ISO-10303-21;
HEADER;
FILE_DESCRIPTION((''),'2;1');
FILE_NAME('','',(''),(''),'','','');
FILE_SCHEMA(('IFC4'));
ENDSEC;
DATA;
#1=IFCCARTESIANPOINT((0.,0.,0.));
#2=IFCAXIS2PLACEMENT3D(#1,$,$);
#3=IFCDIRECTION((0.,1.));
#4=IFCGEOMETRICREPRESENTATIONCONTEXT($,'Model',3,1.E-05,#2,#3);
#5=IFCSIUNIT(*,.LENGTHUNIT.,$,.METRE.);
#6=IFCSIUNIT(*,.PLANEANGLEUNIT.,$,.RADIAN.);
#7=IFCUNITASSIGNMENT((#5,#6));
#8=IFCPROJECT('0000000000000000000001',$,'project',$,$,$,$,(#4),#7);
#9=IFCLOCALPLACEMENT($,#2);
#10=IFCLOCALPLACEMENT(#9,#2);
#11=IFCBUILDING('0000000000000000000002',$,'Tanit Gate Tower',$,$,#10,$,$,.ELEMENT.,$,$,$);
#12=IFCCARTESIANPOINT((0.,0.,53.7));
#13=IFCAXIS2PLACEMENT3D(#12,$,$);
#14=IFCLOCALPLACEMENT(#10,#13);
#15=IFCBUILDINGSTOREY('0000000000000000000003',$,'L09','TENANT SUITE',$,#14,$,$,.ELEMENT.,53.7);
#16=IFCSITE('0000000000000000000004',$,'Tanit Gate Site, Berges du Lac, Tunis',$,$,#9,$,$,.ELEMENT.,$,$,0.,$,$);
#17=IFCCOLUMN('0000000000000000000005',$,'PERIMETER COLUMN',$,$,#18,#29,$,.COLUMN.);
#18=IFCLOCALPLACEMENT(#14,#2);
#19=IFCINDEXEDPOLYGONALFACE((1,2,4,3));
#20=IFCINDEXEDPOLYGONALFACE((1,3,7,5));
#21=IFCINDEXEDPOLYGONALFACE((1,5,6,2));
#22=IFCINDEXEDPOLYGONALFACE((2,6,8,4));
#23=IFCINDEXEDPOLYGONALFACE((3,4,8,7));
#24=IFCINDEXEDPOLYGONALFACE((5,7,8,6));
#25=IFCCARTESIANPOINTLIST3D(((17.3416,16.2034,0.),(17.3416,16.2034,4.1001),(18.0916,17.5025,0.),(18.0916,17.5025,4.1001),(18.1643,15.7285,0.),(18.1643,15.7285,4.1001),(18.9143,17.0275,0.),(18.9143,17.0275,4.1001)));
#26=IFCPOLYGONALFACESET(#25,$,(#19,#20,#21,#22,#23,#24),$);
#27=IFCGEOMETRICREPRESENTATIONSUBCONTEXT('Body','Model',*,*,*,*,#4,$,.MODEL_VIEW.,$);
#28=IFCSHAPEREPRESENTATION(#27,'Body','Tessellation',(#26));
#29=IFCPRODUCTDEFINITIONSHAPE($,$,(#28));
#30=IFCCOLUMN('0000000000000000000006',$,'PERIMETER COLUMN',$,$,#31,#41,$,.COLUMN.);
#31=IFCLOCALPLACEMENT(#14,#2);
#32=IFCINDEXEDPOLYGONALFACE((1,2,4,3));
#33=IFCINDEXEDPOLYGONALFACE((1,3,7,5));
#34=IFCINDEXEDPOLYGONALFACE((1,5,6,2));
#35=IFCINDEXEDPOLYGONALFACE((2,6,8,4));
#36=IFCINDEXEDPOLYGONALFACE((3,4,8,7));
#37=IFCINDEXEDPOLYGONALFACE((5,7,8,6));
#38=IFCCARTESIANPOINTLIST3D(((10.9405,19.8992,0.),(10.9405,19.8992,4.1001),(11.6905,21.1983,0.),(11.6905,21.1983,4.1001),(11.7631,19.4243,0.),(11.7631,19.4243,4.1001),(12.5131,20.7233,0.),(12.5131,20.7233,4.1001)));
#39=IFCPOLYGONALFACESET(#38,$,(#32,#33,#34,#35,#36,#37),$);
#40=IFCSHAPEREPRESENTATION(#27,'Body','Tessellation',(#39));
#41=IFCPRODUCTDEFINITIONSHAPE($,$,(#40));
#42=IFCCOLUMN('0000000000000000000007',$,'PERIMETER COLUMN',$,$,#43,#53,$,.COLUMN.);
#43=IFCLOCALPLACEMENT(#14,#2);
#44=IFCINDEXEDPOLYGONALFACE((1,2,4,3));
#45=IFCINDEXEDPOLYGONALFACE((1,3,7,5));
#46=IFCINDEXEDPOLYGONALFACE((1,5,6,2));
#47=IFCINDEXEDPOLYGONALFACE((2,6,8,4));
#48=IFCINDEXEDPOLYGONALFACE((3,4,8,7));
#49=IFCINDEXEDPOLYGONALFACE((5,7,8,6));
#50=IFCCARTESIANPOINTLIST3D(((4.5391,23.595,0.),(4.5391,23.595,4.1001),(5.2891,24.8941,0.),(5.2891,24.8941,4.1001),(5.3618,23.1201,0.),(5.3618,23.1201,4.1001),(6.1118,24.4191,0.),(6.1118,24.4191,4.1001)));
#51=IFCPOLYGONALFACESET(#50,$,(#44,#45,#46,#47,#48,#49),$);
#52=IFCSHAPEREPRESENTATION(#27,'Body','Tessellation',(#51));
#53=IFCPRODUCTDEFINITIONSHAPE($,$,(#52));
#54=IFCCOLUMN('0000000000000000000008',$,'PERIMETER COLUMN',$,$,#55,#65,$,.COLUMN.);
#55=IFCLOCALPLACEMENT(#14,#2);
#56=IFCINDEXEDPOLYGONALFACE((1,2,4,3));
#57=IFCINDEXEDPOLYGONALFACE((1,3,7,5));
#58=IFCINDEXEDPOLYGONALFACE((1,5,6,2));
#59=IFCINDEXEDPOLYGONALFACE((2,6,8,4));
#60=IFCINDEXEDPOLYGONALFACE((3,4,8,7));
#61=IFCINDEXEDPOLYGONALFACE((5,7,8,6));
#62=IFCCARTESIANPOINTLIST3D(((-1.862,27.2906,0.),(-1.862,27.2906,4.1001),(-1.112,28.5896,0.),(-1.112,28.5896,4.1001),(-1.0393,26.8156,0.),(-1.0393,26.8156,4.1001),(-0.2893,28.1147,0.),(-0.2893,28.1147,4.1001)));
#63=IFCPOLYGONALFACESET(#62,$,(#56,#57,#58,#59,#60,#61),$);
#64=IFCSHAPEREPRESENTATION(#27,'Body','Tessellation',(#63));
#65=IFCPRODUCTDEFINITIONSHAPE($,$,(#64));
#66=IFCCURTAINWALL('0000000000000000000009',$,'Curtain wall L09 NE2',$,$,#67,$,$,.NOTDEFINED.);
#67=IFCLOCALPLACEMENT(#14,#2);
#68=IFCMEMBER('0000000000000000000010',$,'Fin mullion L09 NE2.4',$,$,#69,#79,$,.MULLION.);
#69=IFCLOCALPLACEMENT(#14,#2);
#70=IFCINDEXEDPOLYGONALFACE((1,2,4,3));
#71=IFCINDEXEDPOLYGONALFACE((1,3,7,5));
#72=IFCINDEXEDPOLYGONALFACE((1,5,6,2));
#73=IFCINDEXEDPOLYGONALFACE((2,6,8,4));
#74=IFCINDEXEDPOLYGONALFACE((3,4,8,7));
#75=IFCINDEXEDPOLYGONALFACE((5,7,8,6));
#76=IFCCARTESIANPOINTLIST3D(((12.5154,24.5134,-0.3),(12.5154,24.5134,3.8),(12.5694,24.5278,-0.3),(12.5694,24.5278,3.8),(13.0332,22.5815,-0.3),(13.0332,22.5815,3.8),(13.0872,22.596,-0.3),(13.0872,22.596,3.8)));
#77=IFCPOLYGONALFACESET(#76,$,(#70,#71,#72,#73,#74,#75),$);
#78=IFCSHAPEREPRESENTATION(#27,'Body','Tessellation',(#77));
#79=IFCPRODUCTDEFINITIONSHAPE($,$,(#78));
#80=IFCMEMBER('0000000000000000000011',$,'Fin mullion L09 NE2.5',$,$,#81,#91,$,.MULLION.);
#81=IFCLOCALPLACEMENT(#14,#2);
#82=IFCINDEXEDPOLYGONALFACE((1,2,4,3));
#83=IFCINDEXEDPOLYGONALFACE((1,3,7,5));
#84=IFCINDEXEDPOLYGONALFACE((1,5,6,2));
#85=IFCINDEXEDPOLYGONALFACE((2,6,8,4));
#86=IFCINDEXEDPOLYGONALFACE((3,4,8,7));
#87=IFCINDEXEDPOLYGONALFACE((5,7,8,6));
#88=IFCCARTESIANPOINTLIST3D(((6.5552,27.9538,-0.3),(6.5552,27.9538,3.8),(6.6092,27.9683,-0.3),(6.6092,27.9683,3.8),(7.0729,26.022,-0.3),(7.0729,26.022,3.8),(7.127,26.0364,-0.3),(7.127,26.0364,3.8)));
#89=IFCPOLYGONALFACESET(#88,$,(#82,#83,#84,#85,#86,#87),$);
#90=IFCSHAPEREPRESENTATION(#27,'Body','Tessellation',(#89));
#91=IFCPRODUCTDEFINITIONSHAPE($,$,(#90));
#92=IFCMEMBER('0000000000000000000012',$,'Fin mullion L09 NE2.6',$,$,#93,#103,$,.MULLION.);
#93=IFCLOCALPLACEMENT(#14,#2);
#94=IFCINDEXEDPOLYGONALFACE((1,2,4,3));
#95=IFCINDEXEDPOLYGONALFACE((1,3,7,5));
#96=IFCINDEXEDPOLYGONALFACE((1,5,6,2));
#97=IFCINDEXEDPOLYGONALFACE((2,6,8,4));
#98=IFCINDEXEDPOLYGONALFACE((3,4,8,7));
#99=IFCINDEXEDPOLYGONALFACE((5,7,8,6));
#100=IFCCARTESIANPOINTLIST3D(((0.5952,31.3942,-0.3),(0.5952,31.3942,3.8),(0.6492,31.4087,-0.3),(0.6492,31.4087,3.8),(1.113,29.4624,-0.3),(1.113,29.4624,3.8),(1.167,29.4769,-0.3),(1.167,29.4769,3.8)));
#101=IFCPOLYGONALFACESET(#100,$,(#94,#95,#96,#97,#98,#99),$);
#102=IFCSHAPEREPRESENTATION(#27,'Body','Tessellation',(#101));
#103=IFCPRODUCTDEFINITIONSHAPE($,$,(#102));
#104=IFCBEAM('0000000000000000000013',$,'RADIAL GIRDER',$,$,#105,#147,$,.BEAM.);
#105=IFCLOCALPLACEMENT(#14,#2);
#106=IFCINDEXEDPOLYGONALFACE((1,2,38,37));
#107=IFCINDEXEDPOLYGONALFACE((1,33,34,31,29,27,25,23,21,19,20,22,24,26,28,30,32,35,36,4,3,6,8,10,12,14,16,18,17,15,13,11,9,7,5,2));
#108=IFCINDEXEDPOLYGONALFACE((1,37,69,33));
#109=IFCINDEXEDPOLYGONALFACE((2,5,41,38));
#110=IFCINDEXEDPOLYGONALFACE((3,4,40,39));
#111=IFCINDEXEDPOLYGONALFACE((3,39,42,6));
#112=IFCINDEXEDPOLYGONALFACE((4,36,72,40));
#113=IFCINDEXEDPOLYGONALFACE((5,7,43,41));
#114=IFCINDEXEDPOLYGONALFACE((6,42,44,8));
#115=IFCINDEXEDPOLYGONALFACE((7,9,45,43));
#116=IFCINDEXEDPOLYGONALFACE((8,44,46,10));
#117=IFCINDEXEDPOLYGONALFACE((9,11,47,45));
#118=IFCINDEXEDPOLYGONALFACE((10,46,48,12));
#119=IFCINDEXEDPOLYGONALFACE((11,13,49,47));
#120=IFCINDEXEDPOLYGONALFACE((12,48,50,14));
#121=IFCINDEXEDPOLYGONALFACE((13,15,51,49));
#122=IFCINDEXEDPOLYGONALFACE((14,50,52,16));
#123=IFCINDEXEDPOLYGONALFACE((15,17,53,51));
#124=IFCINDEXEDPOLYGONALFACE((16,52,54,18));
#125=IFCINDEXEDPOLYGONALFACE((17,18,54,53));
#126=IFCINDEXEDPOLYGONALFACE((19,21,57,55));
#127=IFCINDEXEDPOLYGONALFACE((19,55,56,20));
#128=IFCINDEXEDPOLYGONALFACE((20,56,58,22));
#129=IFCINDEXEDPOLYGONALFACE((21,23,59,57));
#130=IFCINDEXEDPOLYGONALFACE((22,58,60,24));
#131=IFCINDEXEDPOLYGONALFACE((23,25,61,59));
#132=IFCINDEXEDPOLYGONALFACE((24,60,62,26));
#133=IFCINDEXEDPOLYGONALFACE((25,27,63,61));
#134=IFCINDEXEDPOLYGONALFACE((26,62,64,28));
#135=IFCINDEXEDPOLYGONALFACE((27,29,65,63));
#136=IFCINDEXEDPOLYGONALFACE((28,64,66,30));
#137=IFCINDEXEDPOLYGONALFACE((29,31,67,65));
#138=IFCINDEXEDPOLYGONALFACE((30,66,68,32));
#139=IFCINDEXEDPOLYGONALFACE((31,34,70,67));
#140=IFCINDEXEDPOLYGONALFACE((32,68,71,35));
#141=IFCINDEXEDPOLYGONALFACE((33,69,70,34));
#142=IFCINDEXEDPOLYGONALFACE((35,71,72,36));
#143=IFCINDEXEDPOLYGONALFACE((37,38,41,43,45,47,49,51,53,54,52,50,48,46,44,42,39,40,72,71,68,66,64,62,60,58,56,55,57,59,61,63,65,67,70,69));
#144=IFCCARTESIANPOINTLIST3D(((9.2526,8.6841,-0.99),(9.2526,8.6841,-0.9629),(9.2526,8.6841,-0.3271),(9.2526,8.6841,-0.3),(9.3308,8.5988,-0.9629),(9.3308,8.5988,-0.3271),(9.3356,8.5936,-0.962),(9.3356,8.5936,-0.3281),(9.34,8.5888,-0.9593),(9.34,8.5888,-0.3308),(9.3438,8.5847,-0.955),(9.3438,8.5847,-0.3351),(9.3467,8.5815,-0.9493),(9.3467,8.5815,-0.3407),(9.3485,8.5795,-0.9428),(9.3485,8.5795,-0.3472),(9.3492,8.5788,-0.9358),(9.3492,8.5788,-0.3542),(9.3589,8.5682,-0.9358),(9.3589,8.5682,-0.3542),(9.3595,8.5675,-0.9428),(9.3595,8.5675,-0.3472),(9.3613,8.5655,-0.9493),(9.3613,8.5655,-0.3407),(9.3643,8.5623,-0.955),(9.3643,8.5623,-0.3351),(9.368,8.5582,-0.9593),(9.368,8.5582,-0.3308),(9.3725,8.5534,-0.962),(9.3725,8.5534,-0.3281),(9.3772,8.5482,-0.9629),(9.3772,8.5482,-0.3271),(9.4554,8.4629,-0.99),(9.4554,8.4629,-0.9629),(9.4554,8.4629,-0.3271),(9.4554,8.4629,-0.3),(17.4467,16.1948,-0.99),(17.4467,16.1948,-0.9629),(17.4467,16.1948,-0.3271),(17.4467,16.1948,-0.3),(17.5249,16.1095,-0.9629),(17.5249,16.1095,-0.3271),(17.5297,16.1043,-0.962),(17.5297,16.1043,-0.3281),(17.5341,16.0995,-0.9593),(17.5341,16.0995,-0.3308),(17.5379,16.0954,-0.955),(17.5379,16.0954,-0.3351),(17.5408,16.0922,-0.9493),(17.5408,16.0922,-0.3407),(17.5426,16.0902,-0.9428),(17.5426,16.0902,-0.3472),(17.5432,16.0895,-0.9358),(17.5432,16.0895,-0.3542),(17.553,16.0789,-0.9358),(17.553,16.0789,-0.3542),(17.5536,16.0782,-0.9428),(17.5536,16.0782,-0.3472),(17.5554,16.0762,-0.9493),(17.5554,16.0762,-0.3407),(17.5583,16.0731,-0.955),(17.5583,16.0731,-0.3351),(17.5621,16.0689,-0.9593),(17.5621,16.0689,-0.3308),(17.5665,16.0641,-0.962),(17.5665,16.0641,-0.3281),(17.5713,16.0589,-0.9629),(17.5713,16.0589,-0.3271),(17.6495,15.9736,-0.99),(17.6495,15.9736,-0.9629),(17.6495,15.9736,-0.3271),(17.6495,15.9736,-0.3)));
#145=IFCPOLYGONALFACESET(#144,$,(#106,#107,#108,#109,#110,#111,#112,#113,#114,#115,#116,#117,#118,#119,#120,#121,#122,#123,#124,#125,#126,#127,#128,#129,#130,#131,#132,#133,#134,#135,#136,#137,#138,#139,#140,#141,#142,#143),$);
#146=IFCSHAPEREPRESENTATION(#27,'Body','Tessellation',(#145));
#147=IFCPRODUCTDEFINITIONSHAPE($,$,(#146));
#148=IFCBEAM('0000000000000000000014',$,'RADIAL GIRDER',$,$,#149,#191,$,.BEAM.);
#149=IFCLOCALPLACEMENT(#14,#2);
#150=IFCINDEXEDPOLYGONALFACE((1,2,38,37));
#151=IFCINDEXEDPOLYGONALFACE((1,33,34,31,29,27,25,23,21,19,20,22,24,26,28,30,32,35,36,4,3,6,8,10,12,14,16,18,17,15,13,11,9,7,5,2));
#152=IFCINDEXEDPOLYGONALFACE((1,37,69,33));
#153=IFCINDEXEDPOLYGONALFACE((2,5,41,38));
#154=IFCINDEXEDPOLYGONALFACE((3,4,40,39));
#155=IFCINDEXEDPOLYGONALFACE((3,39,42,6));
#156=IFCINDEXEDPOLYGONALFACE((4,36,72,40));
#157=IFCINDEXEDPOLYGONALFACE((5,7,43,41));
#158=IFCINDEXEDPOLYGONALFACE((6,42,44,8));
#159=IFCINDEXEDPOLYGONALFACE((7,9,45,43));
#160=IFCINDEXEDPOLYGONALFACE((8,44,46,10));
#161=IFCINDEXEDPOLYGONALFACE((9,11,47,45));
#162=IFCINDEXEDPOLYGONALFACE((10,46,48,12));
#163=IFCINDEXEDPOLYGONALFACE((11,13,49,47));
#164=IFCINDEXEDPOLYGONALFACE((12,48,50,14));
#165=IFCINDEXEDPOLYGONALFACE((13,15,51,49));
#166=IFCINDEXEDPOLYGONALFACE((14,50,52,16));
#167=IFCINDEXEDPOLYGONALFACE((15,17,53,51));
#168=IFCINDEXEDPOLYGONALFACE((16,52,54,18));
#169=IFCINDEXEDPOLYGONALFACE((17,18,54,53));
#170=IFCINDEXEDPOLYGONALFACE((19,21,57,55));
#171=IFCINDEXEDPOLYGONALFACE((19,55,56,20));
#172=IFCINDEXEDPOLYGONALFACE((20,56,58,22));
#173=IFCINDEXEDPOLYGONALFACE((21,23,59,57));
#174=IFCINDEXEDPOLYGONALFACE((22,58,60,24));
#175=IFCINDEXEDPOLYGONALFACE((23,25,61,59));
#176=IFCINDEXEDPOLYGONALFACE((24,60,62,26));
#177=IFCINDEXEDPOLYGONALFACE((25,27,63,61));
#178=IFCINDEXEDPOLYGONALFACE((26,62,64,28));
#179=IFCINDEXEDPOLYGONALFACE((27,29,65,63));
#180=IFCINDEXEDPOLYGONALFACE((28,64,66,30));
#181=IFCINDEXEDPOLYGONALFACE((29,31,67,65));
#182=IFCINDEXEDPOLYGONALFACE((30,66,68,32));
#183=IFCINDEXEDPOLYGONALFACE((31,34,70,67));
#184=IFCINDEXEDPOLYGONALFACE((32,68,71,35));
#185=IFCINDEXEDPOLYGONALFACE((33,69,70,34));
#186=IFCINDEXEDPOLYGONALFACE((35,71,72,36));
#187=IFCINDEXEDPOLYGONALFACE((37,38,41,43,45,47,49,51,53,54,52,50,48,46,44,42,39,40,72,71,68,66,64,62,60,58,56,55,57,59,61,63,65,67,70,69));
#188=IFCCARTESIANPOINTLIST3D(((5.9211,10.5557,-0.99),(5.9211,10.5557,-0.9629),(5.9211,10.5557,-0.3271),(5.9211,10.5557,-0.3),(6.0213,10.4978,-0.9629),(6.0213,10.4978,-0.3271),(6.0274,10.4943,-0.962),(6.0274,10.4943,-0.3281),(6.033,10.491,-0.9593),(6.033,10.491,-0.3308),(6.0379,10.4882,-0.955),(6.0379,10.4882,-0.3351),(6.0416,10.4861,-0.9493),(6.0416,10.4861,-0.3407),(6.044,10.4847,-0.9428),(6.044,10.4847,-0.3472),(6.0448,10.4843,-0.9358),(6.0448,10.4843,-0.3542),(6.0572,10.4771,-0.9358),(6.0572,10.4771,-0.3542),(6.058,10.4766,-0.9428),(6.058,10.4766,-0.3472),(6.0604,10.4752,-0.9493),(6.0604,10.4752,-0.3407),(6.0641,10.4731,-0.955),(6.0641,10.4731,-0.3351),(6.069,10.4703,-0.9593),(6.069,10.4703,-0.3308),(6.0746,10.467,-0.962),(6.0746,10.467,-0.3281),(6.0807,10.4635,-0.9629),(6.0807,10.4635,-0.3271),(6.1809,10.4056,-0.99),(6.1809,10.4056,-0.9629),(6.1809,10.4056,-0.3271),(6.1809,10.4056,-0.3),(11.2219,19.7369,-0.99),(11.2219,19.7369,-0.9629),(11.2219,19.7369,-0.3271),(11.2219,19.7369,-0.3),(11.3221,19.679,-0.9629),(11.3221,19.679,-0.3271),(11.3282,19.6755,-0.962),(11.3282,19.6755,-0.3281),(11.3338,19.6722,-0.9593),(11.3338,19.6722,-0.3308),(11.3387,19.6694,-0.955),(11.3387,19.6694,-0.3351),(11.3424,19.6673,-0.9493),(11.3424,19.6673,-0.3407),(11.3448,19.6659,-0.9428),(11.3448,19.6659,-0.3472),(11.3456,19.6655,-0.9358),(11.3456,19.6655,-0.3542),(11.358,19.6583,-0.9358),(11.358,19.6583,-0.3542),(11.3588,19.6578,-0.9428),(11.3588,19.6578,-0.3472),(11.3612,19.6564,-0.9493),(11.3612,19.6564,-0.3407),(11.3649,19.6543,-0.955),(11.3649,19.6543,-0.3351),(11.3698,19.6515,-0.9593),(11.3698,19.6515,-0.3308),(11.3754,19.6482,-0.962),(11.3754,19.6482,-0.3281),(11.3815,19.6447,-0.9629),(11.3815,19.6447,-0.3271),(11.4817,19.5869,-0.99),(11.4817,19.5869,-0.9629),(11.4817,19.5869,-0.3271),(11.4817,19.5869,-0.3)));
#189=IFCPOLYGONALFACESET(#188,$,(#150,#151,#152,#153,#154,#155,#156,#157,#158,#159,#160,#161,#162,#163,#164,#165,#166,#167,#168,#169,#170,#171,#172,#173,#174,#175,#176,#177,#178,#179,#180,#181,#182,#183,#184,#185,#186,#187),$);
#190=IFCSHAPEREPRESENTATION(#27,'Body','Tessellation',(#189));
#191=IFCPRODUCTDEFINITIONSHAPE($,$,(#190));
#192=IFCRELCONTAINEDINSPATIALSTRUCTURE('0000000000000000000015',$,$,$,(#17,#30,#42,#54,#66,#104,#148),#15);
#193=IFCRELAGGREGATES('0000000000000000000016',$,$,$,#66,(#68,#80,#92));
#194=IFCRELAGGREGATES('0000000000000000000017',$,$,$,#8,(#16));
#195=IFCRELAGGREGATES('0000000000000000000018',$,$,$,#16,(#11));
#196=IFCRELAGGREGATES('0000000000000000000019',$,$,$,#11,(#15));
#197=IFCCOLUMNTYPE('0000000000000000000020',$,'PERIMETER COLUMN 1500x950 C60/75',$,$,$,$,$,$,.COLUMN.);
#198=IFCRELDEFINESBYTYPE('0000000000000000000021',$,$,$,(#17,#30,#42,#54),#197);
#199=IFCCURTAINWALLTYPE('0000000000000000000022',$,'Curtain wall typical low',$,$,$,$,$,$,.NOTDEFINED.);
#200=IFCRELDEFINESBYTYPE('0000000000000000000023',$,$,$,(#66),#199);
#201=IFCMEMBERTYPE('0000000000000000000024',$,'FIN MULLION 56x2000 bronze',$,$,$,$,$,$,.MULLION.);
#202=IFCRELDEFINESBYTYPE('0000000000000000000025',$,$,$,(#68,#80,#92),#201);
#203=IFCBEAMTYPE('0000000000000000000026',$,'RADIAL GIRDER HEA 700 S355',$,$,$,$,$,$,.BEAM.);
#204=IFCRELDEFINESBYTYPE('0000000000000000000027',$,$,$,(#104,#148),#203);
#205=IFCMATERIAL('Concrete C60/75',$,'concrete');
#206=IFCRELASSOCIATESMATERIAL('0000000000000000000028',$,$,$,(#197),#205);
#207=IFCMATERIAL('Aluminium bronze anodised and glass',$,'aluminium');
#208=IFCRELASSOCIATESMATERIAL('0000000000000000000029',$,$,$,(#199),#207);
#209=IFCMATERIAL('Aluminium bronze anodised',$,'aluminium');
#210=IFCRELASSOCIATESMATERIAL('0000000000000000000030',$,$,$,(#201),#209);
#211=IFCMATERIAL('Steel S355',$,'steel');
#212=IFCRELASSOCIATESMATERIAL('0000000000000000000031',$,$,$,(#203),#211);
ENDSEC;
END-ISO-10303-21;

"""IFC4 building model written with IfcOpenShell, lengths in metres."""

from ifc_helpers import new_model, si_unit, direction, frame, origin, origin_2d, place, context, subcontext, project, spatial, rectangle, i_section, extrude, material, material_profile, profile_set, type_object, element, aggregate, save


model = new_model("IFC4")

# Units and contexts
model_context = context("Model", 3, precision=1e-05, world=origin(), true_north=direction((0.0, 1.0)))
body_context = subcontext(model_context, "Body", "Model", "MODEL_VIEW")
ifc_project = project(units=[si_unit("LENGTHUNIT", "METRE"), si_unit("PLANEANGLEUNIT", "RADIAN")], contexts=[model_context])

# Site, building, storey
site_placement = place(None, origin())
site = spatial("IfcSite", under=ifc_project, at=site_placement, Name="Tanit Gate Site, Berges du Lac, Tunis", CompositionType="ELEMENT", RefElevation=0.0)
building_placement = place(site_placement, origin())
building = spatial("IfcBuilding", under=site, at=building_placement, Name="Tanit Gate Tower", CompositionType="ELEMENT")
storey_placement = place(building_placement, frame((0.0, 0.0, 53.7)))
storey = spatial("IfcBuildingStorey", under=building, at=storey_placement, Name="L09", Description="TENANT SUITE", CompositionType="ELEMENT", Elevation=53.7)

# Columns
ifc_material_1 = material(Name="Concrete C60/75", Category="concrete")
ifc_material_profile_1 = material_profile(ifc_material_1, rectangle(XDim=1.5, YDim=0.95, at=origin_2d()), Name="RC 1500x950")
ifc_profile_set_1 = profile_set([ifc_material_profile_1], Name="Concrete C60/75")
column_type = type_object("IfcColumnType", Name="PERIMETER COLUMN 1500x950 C60/75", PredefinedType="COLUMN", material=ifc_profile_set_1)
for number, where, z_axis, x_axis, name in (
    (1, (18.1279, 16.6155, 0.0), (0.0, 0.0, 1.0), (0.5, 0.866025, 0.0), "PERIMETER COLUMN"),
    (2, (11.7268, 20.3113, 0.0), (0.0, 0.0, 1.0), (0.5, 0.866025, 0.0), "PERIMETER COLUMN"),
    (3, (5.3254, 24.0071, 0.0), (0.0, 0.0, 1.0), (0.5, 0.866025, 0.0), "PERIMETER COLUMN"),
    (4, (-1.0757, 27.7026, 0.0), (0.0, 0.0, 1.0), (0.5, 0.866025, 0.0), "PERIMETER COLUMN"),
):
    element("IfcColumn", number, at=place(storey_placement, frame(where, z_axis=z_axis, x_axis=x_axis)), inside=storey, type_object=column_type, Name=name, PredefinedType="COLUMN", context=body_context, shape_type="SweptSolid", body=[
        extrude(rectangle(XDim=1.5, YDim=0.95, at=origin_2d()), origin(), (0.0, 0.0, 1.0), 4.1001),
    ])

# Curtain wall, members
ifc_material_2 = material(Name="Aluminium bronze anodised and glass", Category="aluminium")
curtain_wall_type = type_object("IfcCurtainWallType", Name="Curtain wall typical low", PredefinedType="NOTDEFINED", material=ifc_material_2)
curtain_wall_placement = place(storey_placement, origin())
curtain_wall = element("IfcCurtainWall", 5, at=curtain_wall_placement, inside=storey, type_object=curtain_wall_type, Name="Curtain wall L09 NE2", PredefinedType="NOTDEFINED")
ifc_material_3 = material(Name="Aluminium bronze anodised", Category="aluminium")
ifc_material_profile_2 = material_profile(ifc_material_3, rectangle(XDim=2.0, YDim=0.0559, at=origin_2d()), Name="56x2000 bronze fin mullion")
ifc_profile_set_2 = profile_set([ifc_material_profile_2], Name="Aluminium bronze anodised")
member_type_1 = type_object("IfcMemberType", Name="FIN MULLION 56x2000 bronze", PredefinedType="MULLION", material=ifc_profile_set_2)
member_1_placement = place(storey_placement, frame((12.8013, 23.5547, -0.3), z_axis=(0.0, 0.0, 1.0), x_axis=(0.258886, -0.965908, 0.0)))
member_1 = element("IfcMember", 6, at=member_1_placement, type_object=member_type_1, Name="Fin mullion L09 NE2.4", PredefinedType="MULLION", context=body_context, shape_type="SweptSolid", body=[
    extrude(rectangle(XDim=2.0, YDim=0.0559, at=origin_2d()), origin(), (0.0, 0.0, 1.0), 4.1001),
])
member_2_placement = place(storey_placement, frame((6.8411, 26.9951, -0.3), z_axis=(0.0, 0.0, 1.0), x_axis=(0.258886, -0.965908, 0.0)))
member_2 = element("IfcMember", 7, at=member_2_placement, type_object=member_type_1, Name="Fin mullion L09 NE2.5", PredefinedType="MULLION", context=body_context, shape_type="SweptSolid", body=[
    extrude(rectangle(XDim=2.0, YDim=0.0559, at=origin_2d()), origin(), (0.0, 0.0, 1.0), 4.1001),
])
member_3_placement = place(storey_placement, frame((0.8811, 30.4355, -0.3), z_axis=(0.0, 0.0, 1.0), x_axis=(0.258886, -0.965908, 0.0)))
member_3 = element("IfcMember", 8, at=member_3_placement, type_object=member_type_1, Name="Fin mullion L09 NE2.6", PredefinedType="MULLION", context=body_context, shape_type="SweptSolid", body=[
    extrude(rectangle(XDim=2.0, YDim=0.0559, at=origin_2d()), origin(), (0.0, 0.0, 1.0), 4.1001),
])

# Beams
ifc_material_4 = material(Name="Steel S355", Category="steel")
ifc_material_profile_3 = material_profile(ifc_material_4, i_section(OverallWidth=0.3, OverallDepth=0.6899, WebThickness=0.0144, FlangeThickness=0.0271, FilletRadius=0.0271, at=origin_2d()), Name="HEA 700")
ifc_profile_set_3 = profile_set([ifc_material_profile_3], Name="Steel S355")
beam_type_1 = type_object("IfcBeamType", Name="RADIAL GIRDER HEA 700 S355", PredefinedType="BEAM", material=ifc_profile_set_3)
beam_1_placement = place(storey_placement, frame((17.5481, 16.0842, -0.645), z_axis=(-0.737177, -0.6757, 0.0), x_axis=(0.6757, -0.737177, 0.0)))
element("IfcBeam", 9, at=beam_1_placement, inside=storey, type_object=beam_type_1, Name="RADIAL GIRDER", PredefinedType="BEAM", context=body_context, shape_type="SweptSolid", body=[
    extrude(i_section(OverallWidth=0.3, OverallDepth=0.6899, WebThickness=0.0144, FlangeThickness=0.0271, FilletRadius=0.0271, at=origin_2d()), origin(), (0.0, 0.0, 1.0), 11.1155),
])
beam_2_placement = place(storey_placement, frame((11.3518, 19.6619, -0.645), z_axis=(-0.500003, -0.866024, 0.0), x_axis=(0.866024, -0.500003, 0.0)))
element("IfcBeam", 10, at=beam_2_placement, inside=storey, type_object=beam_type_1, Name="RADIAL GIRDER", PredefinedType="BEAM", context=body_context, shape_type="SweptSolid", body=[
    extrude(i_section(OverallWidth=0.3, OverallDepth=0.6899, WebThickness=0.0144, FlangeThickness=0.0271, FilletRadius=0.0271, at=origin_2d()), origin(), (0.0, 0.0, 1.0), 10.6016),
])

aggregate(curtain_wall, [member_1, member_2, member_3])

save(model, "model.ifc")
